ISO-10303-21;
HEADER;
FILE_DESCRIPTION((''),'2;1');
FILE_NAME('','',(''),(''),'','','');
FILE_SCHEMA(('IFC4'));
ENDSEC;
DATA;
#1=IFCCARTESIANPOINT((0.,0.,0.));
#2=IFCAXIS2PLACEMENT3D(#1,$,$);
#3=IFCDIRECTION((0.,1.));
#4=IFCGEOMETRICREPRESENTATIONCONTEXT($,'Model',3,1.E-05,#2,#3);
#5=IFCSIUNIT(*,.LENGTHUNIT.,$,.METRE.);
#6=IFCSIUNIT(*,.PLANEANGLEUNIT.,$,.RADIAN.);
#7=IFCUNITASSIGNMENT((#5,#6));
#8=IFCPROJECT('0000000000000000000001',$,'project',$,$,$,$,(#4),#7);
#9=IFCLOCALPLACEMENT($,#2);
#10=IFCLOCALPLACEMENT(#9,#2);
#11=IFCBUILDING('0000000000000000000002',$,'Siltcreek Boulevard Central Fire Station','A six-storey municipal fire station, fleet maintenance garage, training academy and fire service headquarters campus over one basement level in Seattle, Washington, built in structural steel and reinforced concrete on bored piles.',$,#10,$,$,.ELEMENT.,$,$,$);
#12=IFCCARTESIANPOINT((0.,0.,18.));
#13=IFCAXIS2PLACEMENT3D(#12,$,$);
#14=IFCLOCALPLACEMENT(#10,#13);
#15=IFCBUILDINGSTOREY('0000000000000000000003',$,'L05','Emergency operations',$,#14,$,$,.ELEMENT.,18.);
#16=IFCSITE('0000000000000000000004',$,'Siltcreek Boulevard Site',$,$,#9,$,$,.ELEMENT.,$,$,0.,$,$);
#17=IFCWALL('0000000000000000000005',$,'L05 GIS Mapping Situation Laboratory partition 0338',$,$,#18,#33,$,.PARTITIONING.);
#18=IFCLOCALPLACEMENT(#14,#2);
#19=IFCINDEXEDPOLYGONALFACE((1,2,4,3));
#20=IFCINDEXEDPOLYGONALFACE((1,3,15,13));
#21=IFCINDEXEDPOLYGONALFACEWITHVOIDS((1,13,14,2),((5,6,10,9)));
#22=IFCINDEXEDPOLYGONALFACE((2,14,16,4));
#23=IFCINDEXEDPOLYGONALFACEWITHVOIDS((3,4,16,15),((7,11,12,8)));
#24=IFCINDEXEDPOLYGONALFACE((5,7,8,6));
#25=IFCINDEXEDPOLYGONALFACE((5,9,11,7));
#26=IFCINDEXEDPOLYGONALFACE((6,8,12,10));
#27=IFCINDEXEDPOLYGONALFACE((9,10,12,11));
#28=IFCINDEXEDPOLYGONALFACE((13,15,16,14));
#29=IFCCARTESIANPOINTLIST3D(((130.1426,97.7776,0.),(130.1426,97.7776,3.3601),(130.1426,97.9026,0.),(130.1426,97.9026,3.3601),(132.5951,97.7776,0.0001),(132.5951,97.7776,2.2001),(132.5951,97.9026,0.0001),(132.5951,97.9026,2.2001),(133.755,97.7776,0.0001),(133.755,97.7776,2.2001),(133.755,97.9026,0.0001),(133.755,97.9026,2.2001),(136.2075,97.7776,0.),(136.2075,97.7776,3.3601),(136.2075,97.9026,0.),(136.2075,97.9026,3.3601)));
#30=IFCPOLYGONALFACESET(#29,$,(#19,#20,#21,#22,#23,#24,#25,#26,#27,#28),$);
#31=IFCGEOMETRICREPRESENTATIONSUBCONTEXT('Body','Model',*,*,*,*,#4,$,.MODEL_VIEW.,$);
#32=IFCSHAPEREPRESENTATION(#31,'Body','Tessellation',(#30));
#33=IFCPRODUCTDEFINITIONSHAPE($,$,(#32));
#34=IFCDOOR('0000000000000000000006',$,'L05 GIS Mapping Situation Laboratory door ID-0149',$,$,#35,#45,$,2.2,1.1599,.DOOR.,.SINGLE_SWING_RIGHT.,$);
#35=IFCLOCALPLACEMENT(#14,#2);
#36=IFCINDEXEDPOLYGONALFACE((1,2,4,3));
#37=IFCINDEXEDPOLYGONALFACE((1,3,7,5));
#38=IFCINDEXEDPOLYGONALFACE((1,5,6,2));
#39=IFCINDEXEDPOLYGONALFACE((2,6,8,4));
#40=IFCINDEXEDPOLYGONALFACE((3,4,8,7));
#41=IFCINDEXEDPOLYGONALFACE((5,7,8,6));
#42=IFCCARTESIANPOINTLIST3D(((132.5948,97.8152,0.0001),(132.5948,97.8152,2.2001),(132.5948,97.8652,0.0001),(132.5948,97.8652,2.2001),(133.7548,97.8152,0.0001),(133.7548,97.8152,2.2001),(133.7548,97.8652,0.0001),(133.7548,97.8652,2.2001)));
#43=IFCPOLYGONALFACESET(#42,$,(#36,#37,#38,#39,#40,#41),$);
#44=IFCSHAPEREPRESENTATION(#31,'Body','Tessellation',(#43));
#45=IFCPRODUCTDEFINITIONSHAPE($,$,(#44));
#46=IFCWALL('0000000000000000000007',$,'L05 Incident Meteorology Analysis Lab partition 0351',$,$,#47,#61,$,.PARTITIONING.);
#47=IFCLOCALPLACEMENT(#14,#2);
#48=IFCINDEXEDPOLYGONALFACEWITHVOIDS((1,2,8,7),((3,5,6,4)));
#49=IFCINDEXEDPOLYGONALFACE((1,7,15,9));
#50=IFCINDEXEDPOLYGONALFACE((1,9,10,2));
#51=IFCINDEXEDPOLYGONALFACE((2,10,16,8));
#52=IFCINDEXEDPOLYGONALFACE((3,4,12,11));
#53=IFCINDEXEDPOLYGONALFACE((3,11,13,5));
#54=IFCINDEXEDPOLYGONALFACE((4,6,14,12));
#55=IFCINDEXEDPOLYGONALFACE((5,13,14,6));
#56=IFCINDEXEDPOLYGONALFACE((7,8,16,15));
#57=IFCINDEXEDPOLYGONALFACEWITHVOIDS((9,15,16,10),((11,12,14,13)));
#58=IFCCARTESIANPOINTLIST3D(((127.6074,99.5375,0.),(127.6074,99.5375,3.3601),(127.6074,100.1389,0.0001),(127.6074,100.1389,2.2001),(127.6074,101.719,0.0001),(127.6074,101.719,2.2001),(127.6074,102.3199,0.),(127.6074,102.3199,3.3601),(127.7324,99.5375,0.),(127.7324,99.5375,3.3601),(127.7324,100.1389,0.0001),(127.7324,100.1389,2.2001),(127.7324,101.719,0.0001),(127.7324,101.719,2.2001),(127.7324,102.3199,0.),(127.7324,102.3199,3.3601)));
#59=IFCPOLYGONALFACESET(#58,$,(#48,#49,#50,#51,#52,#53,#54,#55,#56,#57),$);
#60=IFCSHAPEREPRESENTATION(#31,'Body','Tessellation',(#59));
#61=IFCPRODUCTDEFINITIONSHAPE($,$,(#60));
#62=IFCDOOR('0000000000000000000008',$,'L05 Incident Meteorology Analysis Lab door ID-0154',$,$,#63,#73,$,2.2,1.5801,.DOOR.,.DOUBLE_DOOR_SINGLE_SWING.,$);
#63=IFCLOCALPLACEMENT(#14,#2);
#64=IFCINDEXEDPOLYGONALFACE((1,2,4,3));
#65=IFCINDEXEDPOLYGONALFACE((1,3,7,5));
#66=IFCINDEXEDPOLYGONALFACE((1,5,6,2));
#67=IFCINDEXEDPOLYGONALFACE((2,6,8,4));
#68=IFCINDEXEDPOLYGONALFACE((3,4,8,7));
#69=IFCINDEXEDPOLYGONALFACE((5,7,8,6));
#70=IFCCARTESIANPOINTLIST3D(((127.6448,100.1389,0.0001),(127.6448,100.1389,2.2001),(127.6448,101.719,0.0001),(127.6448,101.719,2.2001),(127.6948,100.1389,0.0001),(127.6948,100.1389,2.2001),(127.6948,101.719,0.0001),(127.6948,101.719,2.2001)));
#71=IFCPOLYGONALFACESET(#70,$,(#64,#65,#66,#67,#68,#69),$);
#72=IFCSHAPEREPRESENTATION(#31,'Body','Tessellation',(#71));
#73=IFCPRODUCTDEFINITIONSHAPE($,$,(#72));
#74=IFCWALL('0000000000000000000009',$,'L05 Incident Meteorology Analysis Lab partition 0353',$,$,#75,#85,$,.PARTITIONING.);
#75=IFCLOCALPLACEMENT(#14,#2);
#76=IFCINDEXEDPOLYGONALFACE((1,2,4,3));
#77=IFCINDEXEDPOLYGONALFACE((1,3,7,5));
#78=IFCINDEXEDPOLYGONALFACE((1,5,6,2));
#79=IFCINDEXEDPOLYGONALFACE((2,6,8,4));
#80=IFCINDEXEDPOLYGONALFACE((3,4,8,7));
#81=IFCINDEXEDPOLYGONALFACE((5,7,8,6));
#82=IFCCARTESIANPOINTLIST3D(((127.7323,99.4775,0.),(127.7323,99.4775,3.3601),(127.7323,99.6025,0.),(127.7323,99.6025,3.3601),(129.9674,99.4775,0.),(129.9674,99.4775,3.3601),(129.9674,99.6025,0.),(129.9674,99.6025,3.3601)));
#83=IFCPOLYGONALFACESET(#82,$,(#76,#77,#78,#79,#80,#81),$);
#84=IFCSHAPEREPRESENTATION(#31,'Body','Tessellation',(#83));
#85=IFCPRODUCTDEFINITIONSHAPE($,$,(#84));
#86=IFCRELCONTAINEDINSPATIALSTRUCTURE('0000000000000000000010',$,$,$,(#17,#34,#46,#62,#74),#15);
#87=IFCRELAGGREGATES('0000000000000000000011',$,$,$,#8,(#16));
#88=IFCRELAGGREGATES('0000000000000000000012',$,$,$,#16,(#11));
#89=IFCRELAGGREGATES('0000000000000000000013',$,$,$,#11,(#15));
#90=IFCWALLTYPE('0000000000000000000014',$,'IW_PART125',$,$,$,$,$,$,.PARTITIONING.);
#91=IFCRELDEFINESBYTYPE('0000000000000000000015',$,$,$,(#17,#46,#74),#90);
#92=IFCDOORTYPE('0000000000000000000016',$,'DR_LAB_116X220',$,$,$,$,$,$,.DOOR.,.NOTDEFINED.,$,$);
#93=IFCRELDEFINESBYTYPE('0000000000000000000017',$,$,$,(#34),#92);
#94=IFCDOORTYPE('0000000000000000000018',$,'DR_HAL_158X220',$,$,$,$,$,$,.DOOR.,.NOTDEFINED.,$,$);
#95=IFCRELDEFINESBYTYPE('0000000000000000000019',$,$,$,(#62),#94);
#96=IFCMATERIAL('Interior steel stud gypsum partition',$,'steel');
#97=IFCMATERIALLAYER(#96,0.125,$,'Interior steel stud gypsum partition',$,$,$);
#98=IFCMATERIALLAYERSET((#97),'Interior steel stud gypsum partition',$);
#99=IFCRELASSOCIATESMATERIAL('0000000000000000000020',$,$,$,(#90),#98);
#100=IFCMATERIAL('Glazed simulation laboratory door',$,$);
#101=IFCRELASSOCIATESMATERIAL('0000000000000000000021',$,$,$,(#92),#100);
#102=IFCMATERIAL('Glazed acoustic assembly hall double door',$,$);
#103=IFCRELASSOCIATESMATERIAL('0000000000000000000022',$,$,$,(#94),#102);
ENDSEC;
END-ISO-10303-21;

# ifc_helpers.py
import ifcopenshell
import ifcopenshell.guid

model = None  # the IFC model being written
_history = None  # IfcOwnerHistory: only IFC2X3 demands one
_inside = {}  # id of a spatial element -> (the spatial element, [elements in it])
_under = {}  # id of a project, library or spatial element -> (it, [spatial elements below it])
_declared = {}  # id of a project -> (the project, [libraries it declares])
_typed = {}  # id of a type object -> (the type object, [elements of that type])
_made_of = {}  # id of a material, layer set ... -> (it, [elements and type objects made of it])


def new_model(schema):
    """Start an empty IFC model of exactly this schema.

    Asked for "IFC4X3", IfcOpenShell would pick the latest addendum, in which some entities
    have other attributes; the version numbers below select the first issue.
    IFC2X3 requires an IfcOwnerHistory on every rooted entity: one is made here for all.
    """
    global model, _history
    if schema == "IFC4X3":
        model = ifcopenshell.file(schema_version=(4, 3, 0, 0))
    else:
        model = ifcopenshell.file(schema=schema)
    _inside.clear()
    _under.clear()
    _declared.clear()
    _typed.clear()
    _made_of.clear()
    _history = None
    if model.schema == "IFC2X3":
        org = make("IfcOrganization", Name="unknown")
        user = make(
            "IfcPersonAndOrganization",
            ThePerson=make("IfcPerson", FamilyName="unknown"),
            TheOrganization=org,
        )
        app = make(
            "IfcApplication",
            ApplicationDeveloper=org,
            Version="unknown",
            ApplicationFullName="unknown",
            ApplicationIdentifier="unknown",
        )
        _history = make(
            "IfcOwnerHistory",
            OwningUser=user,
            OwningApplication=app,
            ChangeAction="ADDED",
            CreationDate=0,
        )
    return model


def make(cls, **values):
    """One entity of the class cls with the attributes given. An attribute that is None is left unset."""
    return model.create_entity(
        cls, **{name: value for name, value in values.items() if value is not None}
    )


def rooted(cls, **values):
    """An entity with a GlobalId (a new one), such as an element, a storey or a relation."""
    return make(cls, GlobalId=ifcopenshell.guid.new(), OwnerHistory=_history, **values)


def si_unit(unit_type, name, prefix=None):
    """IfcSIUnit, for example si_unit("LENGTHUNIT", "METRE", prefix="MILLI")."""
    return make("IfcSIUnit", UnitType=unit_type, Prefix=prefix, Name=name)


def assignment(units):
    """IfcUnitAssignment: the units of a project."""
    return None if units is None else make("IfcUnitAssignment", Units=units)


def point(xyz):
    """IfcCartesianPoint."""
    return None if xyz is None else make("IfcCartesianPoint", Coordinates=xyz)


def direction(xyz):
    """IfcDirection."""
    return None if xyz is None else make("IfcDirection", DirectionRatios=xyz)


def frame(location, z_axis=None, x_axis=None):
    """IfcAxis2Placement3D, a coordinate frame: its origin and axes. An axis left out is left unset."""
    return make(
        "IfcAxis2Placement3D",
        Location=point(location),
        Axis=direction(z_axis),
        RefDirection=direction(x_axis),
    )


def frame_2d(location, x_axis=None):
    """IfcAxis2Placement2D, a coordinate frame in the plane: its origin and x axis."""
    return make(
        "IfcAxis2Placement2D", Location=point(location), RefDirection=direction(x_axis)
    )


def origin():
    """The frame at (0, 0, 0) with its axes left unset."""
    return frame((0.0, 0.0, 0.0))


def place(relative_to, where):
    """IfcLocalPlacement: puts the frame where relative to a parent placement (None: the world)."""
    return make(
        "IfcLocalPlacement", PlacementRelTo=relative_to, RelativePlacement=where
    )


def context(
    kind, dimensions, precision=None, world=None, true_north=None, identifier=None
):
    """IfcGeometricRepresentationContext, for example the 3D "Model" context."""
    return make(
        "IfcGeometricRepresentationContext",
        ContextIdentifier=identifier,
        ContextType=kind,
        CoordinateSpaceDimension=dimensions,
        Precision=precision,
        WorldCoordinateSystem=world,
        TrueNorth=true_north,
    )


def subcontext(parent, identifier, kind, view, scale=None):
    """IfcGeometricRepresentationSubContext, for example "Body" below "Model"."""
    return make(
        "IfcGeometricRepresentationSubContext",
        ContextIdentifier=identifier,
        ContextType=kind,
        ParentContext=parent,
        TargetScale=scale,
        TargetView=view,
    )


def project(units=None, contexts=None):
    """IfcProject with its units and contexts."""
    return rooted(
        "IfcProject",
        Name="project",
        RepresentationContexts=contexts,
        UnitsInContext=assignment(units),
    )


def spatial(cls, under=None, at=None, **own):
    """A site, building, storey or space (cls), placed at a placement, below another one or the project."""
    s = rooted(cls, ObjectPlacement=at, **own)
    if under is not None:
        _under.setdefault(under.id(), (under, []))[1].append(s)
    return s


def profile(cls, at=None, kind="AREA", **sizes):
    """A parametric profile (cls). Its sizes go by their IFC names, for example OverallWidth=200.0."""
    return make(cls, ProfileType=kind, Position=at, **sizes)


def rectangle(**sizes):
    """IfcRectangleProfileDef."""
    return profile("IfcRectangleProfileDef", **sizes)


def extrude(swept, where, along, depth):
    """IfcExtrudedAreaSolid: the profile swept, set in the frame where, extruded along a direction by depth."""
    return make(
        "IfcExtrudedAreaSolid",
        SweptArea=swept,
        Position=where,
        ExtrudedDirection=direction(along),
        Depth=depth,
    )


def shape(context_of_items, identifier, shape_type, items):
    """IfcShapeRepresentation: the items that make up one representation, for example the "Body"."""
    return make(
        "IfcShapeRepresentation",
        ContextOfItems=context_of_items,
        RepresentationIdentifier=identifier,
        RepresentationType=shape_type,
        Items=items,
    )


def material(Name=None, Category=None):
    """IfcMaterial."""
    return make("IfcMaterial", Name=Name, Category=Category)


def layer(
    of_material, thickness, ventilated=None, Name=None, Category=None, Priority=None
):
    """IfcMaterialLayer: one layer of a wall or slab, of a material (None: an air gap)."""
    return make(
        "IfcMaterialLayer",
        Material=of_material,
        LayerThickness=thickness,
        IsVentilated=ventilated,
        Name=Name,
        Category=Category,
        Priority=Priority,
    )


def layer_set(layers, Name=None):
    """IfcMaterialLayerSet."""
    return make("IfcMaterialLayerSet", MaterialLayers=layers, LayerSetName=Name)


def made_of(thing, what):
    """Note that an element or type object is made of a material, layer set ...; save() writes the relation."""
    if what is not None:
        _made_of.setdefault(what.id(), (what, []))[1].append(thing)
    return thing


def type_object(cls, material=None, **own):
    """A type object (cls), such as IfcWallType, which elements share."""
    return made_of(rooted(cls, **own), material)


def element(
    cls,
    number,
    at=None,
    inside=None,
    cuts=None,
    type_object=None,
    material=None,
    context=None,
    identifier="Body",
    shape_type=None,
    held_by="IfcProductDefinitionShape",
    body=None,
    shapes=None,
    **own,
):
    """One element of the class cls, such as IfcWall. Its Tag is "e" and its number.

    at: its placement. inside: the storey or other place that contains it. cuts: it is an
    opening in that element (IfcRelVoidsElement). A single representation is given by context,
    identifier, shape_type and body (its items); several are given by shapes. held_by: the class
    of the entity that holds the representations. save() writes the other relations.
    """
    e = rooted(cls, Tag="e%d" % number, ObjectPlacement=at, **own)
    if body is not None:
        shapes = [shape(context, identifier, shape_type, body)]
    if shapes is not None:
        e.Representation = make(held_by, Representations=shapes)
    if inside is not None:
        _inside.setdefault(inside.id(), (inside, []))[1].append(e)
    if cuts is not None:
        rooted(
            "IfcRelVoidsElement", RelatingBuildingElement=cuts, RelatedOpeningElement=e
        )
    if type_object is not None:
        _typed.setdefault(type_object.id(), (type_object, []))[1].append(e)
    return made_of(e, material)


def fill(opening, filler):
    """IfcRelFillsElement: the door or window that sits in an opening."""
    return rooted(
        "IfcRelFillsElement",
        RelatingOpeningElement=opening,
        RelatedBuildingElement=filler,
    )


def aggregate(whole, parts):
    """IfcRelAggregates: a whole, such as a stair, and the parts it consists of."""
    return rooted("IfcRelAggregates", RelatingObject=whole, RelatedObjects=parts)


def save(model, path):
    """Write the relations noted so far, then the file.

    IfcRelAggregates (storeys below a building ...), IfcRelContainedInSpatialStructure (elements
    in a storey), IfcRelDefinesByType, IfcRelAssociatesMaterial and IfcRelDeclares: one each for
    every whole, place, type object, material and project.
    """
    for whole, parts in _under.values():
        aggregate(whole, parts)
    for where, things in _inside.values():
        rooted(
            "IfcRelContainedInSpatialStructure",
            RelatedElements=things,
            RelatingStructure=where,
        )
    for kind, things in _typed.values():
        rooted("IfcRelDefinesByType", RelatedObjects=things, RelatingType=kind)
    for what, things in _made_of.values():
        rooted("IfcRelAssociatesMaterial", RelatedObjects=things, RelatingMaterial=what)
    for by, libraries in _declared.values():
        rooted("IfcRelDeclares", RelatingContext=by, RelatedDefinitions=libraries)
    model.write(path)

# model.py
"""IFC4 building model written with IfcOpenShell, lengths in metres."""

from ifc_helpers import new_model, si_unit, direction, frame, frame_2d, origin, place, context, subcontext, project, spatial, rectangle, extrude, material, layer, layer_set, type_object, element, fill, save


model = new_model("IFC4")

# Units and contexts
model_context = context("Model", 3, precision=1e-05, world=origin(), true_north=direction((0.0, 1.0)))
body_context = subcontext(model_context, "Body", "Model", "MODEL_VIEW")
ifc_project = project(units=[si_unit("LENGTHUNIT", "METRE"), si_unit("PLANEANGLEUNIT", "RADIAN")], contexts=[model_context])

# Site, building, storey
site_placement = place(None, origin())
site = spatial("IfcSite", under=ifc_project, at=site_placement, Name="Siltcreek Boulevard Site", CompositionType="ELEMENT", RefElevation=0.0)
building_placement = place(site_placement, origin())
building = spatial("IfcBuilding", under=site, at=building_placement, Name="Siltcreek Boulevard Central Fire Station", Description="A six-storey municipal fire station, fleet maintenance garage, training academy and fire service headquarters campus over one basement level in Seattle, Washington, built in structural steel and reinforced concrete on bored piles.", CompositionType="ELEMENT")
storey_placement = place(building_placement, frame((0.0, 0.0, 18.0)))
storey = spatial("IfcBuildingStorey", under=building, at=storey_placement, Name="L05", Description="Emergency operations", CompositionType="ELEMENT", Elevation=18.0)

# Shared definitions
ifc_material_1 = material(Name="Interior steel stud gypsum partition", Category="steel")
ifc_layer_1 = layer(ifc_material_1, 0.125, Name="Interior steel stud gypsum partition")
ifc_layer_set_1 = layer_set([ifc_layer_1], Name="Interior steel stud gypsum partition")
wall_type_1 = type_object("IfcWallType", Name="IW_PART125", PredefinedType="PARTITIONING", material=ifc_layer_set_1)

# Walls, openings, doors
wall_1_placement = place(storey_placement, frame((130.1426, 97.8401, 0.0), z_axis=(0.0, 0.0, 1.0), x_axis=(1.0, 0.0, 0.0)))
wall_1 = element("IfcWall", 1, at=wall_1_placement, inside=storey, type_object=wall_type_1, Name="L05 GIS Mapping Situation Laboratory partition 0338", PredefinedType="PARTITIONING", context=body_context, shape_type="SweptSolid", body=[
    extrude(rectangle(XDim=6.0649, YDim=0.125, at=frame_2d((3.0325, 0.0))), origin(), (0.0, 0.0, 1.0), 3.3601),
])
opening_1_placement = place(wall_1_placement, frame((2.4524, 0.0, 0.0)))
opening_1 = element("IfcOpeningElement", 2, at=opening_1_placement, cuts=wall_1, PredefinedType="OPENING", context=body_context, shape_type="SweptSolid", body=[
    extrude(rectangle(XDim=1.1599, YDim=2.2, at=frame_2d((0.5801, 1.1001))), frame((0.0, 0.0725, 0.0), z_axis=(0.0, -1.0, 0.0), x_axis=(1.0, 0.0, 0.0)), (0.0, 0.0, 1.0), 0.145),
])
ifc_material_2 = material(Name="Glazed simulation laboratory door")
door_type_1 = type_object("IfcDoorType", Name="DR_LAB_116X220", OperationType="NOTDEFINED", PredefinedType="DOOR", material=ifc_material_2)
door_1_placement = place(opening_1_placement, frame((1.1599, 0.0, 0.0), z_axis=(0.0, 0.0, 1.0), x_axis=(-1.0, 0.0, 0.0)))
door_1 = element("IfcDoor", 3, at=door_1_placement, inside=storey, type_object=door_type_1, Name="L05 GIS Mapping Situation Laboratory door ID-0149", OperationType="SINGLE_SWING_RIGHT", OverallHeight=2.2, OverallWidth=1.1599, PredefinedType="DOOR", context=body_context, shape_type="SweptSolid", body=[
    extrude(rectangle(XDim=1.1599, YDim=2.2, at=frame_2d((0.5801, 1.1001))), frame((0.0, 0.0249, 0.0), z_axis=(0.0, -1.0, 0.0), x_axis=(1.0, 0.0, 0.0)), (0.0, 0.0, 1.0), 0.05),
])
fill(opening_1, door_1)
wall_2_placement = place(storey_placement, frame((127.6699, 99.5376, 0.0), z_axis=(0.0, 0.0, 1.0), x_axis=(0.0, 1.0, 0.0)))
wall_2 = element("IfcWall", 4, at=wall_2_placement, inside=storey, type_object=wall_type_1, Name="L05 Incident Meteorology Analysis Lab partition 0351", PredefinedType="PARTITIONING", context=body_context, shape_type="SweptSolid", body=[
    extrude(rectangle(XDim=2.7825, YDim=0.125, at=frame_2d((1.3911, 0.0))), origin(), (0.0, 0.0, 1.0), 3.3601),
])
opening_2_placement = place(wall_2_placement, frame((0.6013, 0.0, 0.0)))
opening_2 = element("IfcOpeningElement", 5, at=opening_2_placement, cuts=wall_2, PredefinedType="OPENING", context=body_context, shape_type="SweptSolid", body=[
    extrude(rectangle(XDim=1.5801, YDim=2.2, at=frame_2d((0.79, 1.1001))), frame((0.0, 0.0725, 0.0), z_axis=(0.0, -1.0, 0.0), x_axis=(1.0, 0.0, 0.0)), (0.0, 0.0, 1.0), 0.145),
])
ifc_material_3 = material(Name="Glazed acoustic assembly hall double door")
door_type_2 = type_object("IfcDoorType", Name="DR_HAL_158X220", OperationType="NOTDEFINED", PredefinedType="DOOR", material=ifc_material_3)
door_2_placement = place(opening_2_placement, frame((1.5801, 0.0, 0.0), z_axis=(0.0, 0.0, 1.0), x_axis=(-1.0, 0.0, 0.0)))
door_2 = element("IfcDoor", 6, at=door_2_placement, inside=storey, type_object=door_type_2, Name="L05 Incident Meteorology Analysis Lab door ID-0154", OperationType="DOUBLE_DOOR_SINGLE_SWING", OverallHeight=2.2, OverallWidth=1.5801, PredefinedType="DOOR", context=body_context, shape_type="SweptSolid", body=[
    extrude(rectangle(XDim=1.5801, YDim=2.2, at=frame_2d((0.79, 1.1001))), frame((0.0, 0.0249, 0.0), z_axis=(0.0, -1.0, 0.0), x_axis=(1.0, 0.0, 0.0)), (0.0, 0.0, 1.0), 0.05),
])
fill(opening_2, door_2)

# Wall
wall_3_placement = place(storey_placement, frame((129.9675, 99.54, 0.0), z_axis=(0.0, 0.0, 1.0), x_axis=(-1.0, 0.0, 0.0)))
element("IfcWall", 7, at=wall_3_placement, inside=storey, type_object=wall_type_1, Name="L05 Incident Meteorology Analysis Lab partition 0353", PredefinedType="PARTITIONING", context=body_context, shape_type="SweptSolid", body=[
    extrude(rectangle(XDim=2.2351, YDim=0.125, at=frame_2d((1.1177, 0.0))), origin(), (0.0, 0.0, 1.0), 3.3601),
])

save(model, "model.ifc")
